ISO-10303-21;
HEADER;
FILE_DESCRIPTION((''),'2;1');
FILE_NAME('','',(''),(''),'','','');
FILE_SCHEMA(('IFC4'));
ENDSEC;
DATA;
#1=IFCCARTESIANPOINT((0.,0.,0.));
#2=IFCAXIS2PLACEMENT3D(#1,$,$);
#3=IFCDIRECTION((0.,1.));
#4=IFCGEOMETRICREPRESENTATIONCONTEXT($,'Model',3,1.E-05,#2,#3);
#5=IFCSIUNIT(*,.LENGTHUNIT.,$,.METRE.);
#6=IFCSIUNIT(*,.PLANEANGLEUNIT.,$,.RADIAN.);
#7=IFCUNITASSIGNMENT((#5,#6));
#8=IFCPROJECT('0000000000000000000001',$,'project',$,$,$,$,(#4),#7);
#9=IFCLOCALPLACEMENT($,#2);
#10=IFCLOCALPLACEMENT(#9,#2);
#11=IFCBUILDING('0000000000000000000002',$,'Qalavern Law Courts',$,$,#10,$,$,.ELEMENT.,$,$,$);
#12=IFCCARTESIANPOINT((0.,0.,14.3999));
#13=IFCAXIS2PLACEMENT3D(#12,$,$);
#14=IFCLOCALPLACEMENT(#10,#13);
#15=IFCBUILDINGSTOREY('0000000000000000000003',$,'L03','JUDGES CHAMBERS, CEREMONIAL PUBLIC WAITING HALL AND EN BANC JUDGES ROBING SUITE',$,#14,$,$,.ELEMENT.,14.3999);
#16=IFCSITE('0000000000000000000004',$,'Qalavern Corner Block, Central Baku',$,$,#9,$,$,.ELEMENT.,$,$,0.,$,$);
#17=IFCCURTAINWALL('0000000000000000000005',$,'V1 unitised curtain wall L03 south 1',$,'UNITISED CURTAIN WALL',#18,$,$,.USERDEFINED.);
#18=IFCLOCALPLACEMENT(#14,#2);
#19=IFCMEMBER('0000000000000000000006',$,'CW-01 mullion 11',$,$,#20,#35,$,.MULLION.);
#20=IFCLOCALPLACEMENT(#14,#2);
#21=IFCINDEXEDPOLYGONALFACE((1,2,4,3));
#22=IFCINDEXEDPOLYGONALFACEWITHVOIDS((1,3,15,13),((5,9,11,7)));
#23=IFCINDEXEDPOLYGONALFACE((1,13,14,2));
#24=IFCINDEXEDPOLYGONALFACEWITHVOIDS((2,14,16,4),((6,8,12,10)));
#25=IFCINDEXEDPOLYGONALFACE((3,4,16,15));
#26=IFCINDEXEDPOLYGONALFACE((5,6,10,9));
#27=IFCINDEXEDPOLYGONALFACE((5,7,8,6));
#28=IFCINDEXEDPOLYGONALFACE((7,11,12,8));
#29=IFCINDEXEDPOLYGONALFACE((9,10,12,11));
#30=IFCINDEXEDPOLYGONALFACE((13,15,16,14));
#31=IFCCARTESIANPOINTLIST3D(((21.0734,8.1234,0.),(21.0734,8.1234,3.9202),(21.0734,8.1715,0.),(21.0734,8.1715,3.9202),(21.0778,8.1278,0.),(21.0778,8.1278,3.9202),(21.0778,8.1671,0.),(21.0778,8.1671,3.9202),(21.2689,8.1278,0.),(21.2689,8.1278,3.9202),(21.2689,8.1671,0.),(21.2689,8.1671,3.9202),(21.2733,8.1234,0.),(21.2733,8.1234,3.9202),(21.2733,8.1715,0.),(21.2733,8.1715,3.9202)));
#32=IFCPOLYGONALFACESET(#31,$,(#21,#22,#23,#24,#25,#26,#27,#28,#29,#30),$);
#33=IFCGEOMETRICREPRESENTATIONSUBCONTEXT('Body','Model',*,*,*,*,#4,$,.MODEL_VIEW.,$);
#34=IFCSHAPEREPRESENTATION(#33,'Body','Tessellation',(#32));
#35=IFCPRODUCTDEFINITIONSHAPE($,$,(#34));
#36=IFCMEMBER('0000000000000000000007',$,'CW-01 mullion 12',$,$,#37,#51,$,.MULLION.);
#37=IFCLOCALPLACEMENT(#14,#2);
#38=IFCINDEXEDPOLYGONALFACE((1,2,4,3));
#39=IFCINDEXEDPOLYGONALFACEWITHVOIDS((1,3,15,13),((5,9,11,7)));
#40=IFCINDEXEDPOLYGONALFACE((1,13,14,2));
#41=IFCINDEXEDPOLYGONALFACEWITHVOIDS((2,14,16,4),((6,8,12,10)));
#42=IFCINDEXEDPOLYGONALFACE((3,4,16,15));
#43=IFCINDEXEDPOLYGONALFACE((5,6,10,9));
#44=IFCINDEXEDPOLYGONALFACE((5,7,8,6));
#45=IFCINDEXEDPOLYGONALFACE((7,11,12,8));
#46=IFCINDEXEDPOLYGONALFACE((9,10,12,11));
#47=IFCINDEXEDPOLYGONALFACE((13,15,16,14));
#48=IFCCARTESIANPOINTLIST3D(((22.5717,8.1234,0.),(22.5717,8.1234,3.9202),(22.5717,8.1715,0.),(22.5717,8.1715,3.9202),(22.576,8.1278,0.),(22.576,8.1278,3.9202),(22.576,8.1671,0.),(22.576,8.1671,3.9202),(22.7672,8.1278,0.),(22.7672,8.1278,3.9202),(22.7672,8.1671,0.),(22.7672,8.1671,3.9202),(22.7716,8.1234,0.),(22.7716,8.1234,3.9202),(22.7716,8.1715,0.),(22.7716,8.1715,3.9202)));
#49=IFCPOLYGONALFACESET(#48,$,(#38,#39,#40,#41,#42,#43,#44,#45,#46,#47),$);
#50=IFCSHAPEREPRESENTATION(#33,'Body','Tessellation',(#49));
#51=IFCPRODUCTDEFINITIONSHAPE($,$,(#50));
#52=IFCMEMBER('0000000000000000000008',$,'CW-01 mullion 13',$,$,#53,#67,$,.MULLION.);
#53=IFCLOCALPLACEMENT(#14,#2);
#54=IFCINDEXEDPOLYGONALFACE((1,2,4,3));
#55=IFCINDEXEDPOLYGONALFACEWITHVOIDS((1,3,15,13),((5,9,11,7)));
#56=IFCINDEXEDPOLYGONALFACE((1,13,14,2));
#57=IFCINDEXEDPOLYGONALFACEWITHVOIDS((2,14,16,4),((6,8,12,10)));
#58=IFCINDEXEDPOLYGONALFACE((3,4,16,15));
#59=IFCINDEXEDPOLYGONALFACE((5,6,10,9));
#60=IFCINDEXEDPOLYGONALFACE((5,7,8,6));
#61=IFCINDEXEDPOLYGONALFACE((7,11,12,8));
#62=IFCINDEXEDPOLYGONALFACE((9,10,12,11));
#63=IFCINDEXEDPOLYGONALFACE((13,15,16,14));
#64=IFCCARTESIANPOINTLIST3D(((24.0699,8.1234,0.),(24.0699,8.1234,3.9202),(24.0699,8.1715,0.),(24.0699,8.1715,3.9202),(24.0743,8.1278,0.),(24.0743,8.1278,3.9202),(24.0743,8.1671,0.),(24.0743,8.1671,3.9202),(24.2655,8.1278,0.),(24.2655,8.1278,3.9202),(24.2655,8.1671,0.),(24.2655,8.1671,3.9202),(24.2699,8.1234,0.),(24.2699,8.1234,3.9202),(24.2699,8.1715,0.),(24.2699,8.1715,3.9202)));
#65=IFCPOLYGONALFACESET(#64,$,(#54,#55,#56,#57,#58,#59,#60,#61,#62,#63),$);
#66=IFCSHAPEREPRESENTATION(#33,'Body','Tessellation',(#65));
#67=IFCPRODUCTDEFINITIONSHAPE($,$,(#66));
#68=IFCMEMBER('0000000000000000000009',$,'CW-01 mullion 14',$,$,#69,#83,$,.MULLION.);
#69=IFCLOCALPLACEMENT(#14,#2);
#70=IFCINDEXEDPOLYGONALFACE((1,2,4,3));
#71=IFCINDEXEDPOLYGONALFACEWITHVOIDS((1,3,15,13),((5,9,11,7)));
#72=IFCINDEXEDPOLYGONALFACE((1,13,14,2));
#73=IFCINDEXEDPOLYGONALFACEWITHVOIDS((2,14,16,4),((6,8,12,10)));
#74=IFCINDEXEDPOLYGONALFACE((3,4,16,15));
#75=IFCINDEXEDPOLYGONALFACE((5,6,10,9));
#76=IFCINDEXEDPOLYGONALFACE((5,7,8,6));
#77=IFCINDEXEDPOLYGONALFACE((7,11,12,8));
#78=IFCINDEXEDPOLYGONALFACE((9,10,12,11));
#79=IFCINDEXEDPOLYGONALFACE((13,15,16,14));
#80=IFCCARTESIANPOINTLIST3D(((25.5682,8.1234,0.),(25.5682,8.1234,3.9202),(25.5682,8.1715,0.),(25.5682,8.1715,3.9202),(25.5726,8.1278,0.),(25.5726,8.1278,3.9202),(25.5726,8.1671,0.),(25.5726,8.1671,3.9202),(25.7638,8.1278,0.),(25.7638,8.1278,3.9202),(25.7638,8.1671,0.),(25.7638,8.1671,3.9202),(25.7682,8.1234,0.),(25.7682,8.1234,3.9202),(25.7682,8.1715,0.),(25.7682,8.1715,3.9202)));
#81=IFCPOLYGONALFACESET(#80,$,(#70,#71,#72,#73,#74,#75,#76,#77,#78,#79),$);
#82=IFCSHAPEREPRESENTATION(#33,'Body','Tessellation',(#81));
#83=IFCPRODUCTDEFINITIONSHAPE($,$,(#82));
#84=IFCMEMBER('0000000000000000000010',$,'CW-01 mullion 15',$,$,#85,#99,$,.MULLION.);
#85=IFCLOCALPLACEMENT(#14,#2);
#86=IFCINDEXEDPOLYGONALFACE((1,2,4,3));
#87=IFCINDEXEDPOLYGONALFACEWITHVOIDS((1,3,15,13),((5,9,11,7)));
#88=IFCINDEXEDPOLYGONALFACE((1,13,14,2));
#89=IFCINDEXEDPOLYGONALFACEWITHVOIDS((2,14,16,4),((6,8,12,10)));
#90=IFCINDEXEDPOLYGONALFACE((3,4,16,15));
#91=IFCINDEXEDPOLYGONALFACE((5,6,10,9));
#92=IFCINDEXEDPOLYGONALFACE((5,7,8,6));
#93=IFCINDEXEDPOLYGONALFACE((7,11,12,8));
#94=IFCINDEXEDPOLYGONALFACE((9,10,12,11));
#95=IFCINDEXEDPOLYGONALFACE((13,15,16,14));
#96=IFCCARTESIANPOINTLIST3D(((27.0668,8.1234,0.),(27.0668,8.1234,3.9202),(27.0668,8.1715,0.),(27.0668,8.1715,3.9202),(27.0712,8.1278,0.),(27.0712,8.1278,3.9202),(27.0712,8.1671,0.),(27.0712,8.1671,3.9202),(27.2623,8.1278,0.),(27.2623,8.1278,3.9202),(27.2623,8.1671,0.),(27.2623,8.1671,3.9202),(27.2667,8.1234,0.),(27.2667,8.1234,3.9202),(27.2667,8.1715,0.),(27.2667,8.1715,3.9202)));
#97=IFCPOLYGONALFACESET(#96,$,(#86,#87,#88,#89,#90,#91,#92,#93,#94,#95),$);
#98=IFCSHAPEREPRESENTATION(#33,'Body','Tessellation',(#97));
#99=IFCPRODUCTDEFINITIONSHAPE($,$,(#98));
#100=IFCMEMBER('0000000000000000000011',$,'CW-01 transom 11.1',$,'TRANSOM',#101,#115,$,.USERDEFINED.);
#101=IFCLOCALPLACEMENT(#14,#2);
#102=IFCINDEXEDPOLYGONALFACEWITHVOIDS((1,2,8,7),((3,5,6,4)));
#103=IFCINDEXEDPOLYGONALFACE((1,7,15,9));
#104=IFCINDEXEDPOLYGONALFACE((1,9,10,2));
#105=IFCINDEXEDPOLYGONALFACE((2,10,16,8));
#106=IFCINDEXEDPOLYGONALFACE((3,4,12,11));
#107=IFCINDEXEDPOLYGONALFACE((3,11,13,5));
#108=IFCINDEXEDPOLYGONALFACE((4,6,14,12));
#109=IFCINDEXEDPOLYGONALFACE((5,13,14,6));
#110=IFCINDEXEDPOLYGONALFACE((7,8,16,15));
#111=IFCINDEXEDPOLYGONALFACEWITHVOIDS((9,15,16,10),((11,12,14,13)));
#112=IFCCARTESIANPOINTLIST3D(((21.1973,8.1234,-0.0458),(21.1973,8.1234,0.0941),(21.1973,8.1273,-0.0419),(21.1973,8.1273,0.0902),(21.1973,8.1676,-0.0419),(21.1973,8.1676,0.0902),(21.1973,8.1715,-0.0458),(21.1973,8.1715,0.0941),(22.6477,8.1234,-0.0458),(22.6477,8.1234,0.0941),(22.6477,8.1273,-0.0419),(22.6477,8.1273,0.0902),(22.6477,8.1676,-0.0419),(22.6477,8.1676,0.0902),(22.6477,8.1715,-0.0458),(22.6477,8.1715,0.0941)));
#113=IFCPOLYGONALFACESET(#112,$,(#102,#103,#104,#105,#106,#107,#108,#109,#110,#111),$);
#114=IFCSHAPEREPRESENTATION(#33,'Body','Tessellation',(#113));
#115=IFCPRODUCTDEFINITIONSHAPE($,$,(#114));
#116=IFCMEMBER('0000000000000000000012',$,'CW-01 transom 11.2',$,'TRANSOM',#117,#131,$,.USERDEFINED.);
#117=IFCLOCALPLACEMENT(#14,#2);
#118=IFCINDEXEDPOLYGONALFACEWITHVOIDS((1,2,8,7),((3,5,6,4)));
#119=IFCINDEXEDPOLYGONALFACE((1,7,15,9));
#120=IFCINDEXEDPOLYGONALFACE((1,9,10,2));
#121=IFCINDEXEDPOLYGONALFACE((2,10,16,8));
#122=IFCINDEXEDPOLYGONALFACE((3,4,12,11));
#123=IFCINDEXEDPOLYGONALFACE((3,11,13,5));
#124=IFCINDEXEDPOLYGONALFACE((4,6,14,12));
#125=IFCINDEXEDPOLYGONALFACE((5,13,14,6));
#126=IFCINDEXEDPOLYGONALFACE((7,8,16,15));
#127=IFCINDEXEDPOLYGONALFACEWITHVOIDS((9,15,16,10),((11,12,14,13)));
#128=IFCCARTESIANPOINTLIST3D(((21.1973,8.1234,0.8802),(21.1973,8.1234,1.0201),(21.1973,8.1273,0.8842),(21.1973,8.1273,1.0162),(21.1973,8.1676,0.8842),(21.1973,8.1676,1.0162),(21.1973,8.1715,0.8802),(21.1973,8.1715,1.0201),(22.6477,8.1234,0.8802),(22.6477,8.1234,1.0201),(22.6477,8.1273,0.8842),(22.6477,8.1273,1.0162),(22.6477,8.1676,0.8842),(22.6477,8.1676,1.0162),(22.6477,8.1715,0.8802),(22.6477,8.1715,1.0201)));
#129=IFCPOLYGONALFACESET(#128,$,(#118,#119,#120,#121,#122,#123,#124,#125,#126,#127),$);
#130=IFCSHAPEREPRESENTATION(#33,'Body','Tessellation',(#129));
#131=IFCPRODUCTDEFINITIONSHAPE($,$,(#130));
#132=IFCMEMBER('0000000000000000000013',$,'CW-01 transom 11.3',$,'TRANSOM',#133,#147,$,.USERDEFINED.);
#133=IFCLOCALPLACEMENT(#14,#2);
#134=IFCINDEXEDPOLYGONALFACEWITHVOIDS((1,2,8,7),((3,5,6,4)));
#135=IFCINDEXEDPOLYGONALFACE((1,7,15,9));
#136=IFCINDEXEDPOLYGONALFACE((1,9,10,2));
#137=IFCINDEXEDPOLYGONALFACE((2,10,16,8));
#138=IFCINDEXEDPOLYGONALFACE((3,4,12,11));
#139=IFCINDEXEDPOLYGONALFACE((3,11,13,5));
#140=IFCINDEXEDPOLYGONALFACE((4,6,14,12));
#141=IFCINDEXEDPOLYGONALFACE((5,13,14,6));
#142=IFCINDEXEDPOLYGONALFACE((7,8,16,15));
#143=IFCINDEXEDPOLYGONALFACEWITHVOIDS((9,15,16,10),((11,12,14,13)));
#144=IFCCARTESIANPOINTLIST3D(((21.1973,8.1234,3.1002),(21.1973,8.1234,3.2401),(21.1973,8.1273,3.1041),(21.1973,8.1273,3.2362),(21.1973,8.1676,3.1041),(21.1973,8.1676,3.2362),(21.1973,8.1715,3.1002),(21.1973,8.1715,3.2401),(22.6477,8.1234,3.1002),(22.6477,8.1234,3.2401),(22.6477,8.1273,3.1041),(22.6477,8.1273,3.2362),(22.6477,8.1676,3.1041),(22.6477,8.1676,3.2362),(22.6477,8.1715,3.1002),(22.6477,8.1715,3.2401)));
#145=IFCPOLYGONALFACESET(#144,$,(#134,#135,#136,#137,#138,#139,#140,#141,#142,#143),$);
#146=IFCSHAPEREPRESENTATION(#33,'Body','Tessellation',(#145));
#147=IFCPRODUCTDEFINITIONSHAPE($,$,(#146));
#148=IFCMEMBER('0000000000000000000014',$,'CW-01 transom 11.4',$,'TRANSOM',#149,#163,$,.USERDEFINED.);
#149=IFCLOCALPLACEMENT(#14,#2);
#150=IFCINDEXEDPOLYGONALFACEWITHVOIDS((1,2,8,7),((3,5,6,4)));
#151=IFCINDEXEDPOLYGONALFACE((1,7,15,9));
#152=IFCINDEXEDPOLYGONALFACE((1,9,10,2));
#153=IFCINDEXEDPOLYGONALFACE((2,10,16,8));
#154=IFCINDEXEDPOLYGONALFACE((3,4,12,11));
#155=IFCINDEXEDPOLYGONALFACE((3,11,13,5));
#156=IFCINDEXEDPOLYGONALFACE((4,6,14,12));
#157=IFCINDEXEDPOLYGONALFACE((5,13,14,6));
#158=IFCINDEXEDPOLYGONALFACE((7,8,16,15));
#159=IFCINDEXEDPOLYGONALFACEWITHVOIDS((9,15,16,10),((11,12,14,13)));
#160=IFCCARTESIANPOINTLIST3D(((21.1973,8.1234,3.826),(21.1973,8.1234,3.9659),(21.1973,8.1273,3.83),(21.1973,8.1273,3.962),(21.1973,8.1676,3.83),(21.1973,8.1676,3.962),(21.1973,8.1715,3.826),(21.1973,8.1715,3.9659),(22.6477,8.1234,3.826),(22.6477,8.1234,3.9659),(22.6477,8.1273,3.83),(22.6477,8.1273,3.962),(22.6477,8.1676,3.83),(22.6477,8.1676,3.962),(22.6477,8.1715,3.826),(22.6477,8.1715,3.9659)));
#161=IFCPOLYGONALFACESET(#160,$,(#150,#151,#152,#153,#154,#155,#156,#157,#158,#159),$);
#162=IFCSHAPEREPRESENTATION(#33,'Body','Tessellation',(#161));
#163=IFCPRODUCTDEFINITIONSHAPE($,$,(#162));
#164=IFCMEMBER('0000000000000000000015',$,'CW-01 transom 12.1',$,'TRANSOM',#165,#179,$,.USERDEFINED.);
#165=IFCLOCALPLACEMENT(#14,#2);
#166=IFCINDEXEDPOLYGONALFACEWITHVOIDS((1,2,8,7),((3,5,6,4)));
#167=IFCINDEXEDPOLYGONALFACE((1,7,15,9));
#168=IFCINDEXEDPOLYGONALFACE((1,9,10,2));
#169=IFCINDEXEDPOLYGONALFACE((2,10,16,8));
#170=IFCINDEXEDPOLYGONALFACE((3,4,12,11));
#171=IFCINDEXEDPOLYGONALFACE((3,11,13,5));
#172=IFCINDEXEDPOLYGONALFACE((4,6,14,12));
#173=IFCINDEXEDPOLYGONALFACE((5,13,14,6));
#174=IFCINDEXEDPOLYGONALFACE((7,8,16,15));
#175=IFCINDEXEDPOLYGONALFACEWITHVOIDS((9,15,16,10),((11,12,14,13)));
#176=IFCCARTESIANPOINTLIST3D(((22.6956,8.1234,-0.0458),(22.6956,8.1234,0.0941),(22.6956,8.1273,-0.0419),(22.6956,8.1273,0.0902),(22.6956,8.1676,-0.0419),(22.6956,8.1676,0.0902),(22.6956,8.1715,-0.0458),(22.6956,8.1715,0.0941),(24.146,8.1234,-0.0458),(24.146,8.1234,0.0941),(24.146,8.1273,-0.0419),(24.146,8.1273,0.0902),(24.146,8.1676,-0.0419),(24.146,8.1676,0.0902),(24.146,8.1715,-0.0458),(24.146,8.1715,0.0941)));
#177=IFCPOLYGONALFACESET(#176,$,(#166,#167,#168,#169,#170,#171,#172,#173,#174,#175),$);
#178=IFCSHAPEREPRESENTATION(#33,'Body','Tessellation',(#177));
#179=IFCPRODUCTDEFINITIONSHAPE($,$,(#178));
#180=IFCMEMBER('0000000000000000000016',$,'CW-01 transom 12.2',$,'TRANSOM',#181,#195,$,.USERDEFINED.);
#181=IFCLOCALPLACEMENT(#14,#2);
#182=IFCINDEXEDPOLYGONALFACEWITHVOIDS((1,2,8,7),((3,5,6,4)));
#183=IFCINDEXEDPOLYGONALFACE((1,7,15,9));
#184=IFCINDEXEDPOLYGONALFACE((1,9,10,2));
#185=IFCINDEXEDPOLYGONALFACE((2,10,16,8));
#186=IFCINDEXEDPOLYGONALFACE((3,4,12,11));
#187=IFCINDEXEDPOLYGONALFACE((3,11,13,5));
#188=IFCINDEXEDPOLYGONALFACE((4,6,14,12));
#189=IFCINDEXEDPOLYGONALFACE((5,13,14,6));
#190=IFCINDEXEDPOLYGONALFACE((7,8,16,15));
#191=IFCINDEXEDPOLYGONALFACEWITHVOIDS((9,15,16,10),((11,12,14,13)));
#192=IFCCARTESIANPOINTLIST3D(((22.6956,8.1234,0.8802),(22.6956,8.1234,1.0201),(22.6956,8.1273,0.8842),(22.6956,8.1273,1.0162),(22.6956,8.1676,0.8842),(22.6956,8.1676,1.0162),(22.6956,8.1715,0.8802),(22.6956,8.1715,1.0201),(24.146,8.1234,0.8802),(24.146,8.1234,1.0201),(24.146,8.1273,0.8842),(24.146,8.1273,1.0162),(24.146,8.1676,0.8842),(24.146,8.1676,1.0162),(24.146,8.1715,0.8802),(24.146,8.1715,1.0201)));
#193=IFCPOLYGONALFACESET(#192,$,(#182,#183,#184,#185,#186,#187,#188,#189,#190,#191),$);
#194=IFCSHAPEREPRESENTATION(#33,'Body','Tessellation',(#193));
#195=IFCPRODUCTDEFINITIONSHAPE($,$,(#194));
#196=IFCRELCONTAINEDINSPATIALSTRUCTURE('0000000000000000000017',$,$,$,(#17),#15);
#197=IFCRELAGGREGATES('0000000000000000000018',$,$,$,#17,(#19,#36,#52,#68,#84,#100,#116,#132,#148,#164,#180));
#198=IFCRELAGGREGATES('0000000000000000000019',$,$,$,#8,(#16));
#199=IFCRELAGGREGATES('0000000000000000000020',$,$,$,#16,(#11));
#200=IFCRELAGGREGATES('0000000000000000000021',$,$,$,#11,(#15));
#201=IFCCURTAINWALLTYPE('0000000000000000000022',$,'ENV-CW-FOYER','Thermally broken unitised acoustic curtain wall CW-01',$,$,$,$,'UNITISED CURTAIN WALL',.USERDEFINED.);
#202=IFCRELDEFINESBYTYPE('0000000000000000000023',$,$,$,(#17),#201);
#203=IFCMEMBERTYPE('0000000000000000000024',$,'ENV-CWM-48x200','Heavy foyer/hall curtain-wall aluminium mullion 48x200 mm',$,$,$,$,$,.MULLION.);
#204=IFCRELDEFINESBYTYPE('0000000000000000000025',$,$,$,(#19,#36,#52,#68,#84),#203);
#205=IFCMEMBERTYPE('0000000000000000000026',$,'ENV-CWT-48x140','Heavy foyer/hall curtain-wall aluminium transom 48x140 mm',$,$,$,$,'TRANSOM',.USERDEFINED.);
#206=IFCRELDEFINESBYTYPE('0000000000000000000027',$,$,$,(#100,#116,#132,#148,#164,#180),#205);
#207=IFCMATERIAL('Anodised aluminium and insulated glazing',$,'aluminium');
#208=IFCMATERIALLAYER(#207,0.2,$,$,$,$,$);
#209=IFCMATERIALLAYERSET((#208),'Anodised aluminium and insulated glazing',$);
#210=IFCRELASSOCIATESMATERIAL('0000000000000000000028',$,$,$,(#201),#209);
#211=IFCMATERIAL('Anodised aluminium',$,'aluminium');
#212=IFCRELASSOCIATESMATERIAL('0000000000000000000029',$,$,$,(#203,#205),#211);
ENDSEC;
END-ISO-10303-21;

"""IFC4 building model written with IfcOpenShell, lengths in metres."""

from ifc_helpers import new_model, si_unit, direction, frame, origin, origin_2d, place, context, subcontext, project, spatial, hollow_rectangle, extrude, material, layer, layer_set, material_profile, profile_set, type_object, element, aggregate, save


model = new_model("IFC4")

# Units and contexts
model_context = context("Model", 3, precision=1e-05, world=origin(), true_north=direction((0.0, 1.0)))
body_context = subcontext(model_context, "Body", "Model", "MODEL_VIEW")
ifc_project = project(units=[si_unit("LENGTHUNIT", "METRE"), si_unit("PLANEANGLEUNIT", "RADIAN")], contexts=[model_context])

# Site, building, storey
site_placement = place(None, origin())
site = spatial("IfcSite", under=ifc_project, at=site_placement, Name="Qalavern Corner Block, Central Baku", CompositionType="ELEMENT", RefElevation=0.0)
building_placement = place(site_placement, origin())
building = spatial("IfcBuilding", under=site, at=building_placement, Name="Qalavern Law Courts", CompositionType="ELEMENT")
storey_placement = place(building_placement, frame((0.0, 0.0, 14.3999)))
storey = spatial("IfcBuildingStorey", under=building, at=storey_placement, Name="L03", Description="JUDGES CHAMBERS, CEREMONIAL PUBLIC WAITING HALL AND EN BANC JUDGES ROBING SUITE", CompositionType="ELEMENT", Elevation=14.3999)

# Curtain wall, members
ifc_material_1 = material(Name="Anodised aluminium and insulated glazing", Category="aluminium")
ifc_layer_1 = layer(ifc_material_1, 0.2)
ifc_layer_set_1 = layer_set([ifc_layer_1], Name="Anodised aluminium and insulated glazing")
curtain_wall_type = type_object("IfcCurtainWallType", Name="ENV-CW-FOYER", Description="Thermally broken unitised acoustic curtain wall CW-01", ElementType="UNITISED CURTAIN WALL", PredefinedType="USERDEFINED", material=ifc_layer_set_1)
curtain_wall_placement = place(storey_placement, origin())
curtain_wall = element("IfcCurtainWall", 1, at=curtain_wall_placement, inside=storey, type_object=curtain_wall_type, Name="V1 unitised curtain wall L03 south 1", ObjectType="UNITISED CURTAIN WALL", PredefinedType="USERDEFINED")
ifc_material_2 = material(Name="Anodised aluminium", Category="aluminium")
ifc_material_profile_1 = material_profile(ifc_material_2, hollow_rectangle(XDim=0.0481, YDim=0.2, WallThickness=0.0044, at=origin_2d()), Name="ALU MULLION 48x200")
ifc_profile_set_1 = profile_set([ifc_material_profile_1], Name="Anodised aluminium")
member_type_1 = type_object("IfcMemberType", Name="ENV-CWM-48x200", Description="Heavy foyer/hall curtain-wall aluminium mullion 48x200 mm", PredefinedType="MULLION", material=ifc_profile_set_1)
member_1_placement = place(storey_placement, frame((21.1733, 8.1475, 0.0), z_axis=(0.0, 0.0, 1.0), x_axis=(0.0, 1.0, 0.0)))
member_1 = element("IfcMember", 2, at=member_1_placement, type_object=member_type_1, Name="CW-01 mullion 11", PredefinedType="MULLION", context=body_context, shape_type="SweptSolid", body=[
    extrude(hollow_rectangle(XDim=0.0481, YDim=0.2, WallThickness=0.0044, at=origin_2d()), origin(), (0.0, 0.0, 1.0), 3.9202),
])
member_2_placement = place(storey_placement, frame((22.6716, 8.1475, 0.0), z_axis=(0.0, 0.0, 1.0), x_axis=(0.0, 1.0, 0.0)))
member_2 = element("IfcMember", 3, at=member_2_placement, type_object=member_type_1, Name="CW-01 mullion 12", PredefinedType="MULLION", context=body_context, shape_type="SweptSolid", body=[
    extrude(hollow_rectangle(XDim=0.0481, YDim=0.2, WallThickness=0.0044, at=origin_2d()), origin(), (0.0, 0.0, 1.0), 3.9202),
])
member_3_placement = place(storey_placement, frame((24.1699, 8.1475, 0.0), z_axis=(0.0, 0.0, 1.0), x_axis=(0.0, 1.0, 0.0)))
member_3 = element("IfcMember", 4, at=member_3_placement, type_object=member_type_1, Name="CW-01 mullion 13", PredefinedType="MULLION", context=body_context, shape_type="SweptSolid", body=[
    extrude(hollow_rectangle(XDim=0.0481, YDim=0.2, WallThickness=0.0044, at=origin_2d()), origin(), (0.0, 0.0, 1.0), 3.9202),
])
member_4_placement = place(storey_placement, frame((25.6682, 8.1475, 0.0), z_axis=(0.0, 0.0, 1.0), x_axis=(0.0, 1.0, 0.0)))
member_4 = element("IfcMember", 5, at=member_4_placement, type_object=member_type_1, Name="CW-01 mullion 14", PredefinedType="MULLION", context=body_context, shape_type="SweptSolid", body=[
    extrude(hollow_rectangle(XDim=0.0481, YDim=0.2, WallThickness=0.0044, at=origin_2d()), origin(), (0.0, 0.0, 1.0), 3.9202),
])
member_5_placement = place(storey_placement, frame((27.1667, 8.1475, 0.0), z_axis=(0.0, 0.0, 1.0), x_axis=(0.0, 1.0, 0.0)))
member_5 = element("IfcMember", 6, at=member_5_placement, type_object=member_type_1, Name="CW-01 mullion 15", PredefinedType="MULLION", context=body_context, shape_type="SweptSolid", body=[
    extrude(hollow_rectangle(XDim=0.0481, YDim=0.2, WallThickness=0.0044, at=origin_2d()), origin(), (0.0, 0.0, 1.0), 3.9202),
])
ifc_material_profile_2 = material_profile(ifc_material_2, hollow_rectangle(XDim=0.0481, YDim=0.1399, WallThickness=0.0039, at=origin_2d()), Name="ALU TRANSOM 48x140")
ifc_profile_set_2 = profile_set([ifc_material_profile_2], Name="Anodised aluminium")
member_type_2 = type_object("IfcMemberType", Name="ENV-CWT-48x140", Description="Heavy foyer/hall curtain-wall aluminium transom 48x140 mm", ElementType="TRANSOM", PredefinedType="USERDEFINED", material=ifc_profile_set_2)
member_6_placement = place(storey_placement, frame((21.1973, 8.1475, 0.0242), z_axis=(1.0, 0.0, 0.0), x_axis=(0.0, 1.0, 0.0)))
member_6 = element("IfcMember", 7, at=member_6_placement, type_object=member_type_2, Name="CW-01 transom 11.1", ObjectType="TRANSOM", PredefinedType="USERDEFINED", context=body_context, shape_type="SweptSolid", body=[
    extrude(hollow_rectangle(XDim=0.0481, YDim=0.1399, WallThickness=0.0039, at=origin_2d()), origin(), (0.0, 0.0, 1.0), 1.4504),
])
member_7_placement = place(storey_placement, frame((21.1973, 8.1475, 0.9502), z_axis=(1.0, 0.0, 0.0), x_axis=(0.0, 1.0, 0.0)))
member_7 = element("IfcMember", 8, at=member_7_placement, type_object=member_type_2, Name="CW-01 transom 11.2", ObjectType="TRANSOM", PredefinedType="USERDEFINED", context=body_context, shape_type="SweptSolid", body=[
    extrude(hollow_rectangle(XDim=0.0481, YDim=0.1399, WallThickness=0.0039, at=origin_2d()), origin(), (0.0, 0.0, 1.0), 1.4504),
])
member_8_placement = place(storey_placement, frame((21.1973, 8.1475, 3.1702), z_axis=(1.0, 0.0, 0.0), x_axis=(0.0, 1.0, 0.0)))
member_8 = element("IfcMember", 9, at=member_8_placement, type_object=member_type_2, Name="CW-01 transom 11.3", ObjectType="TRANSOM", PredefinedType="USERDEFINED", context=body_context, shape_type="SweptSolid", body=[
    extrude(hollow_rectangle(XDim=0.0481, YDim=0.1399, WallThickness=0.0039, at=origin_2d()), origin(), (0.0, 0.0, 1.0), 1.4504),
])
member_9_placement = place(storey_placement, frame((21.1973, 8.1475, 3.896), z_axis=(1.0, 0.0, 0.0), x_axis=(0.0, 1.0, 0.0)))
member_9 = element("IfcMember", 10, at=member_9_placement, type_object=member_type_2, Name="CW-01 transom 11.4", ObjectType="TRANSOM", PredefinedType="USERDEFINED", context=body_context, shape_type="SweptSolid", body=[
    extrude(hollow_rectangle(XDim=0.0481, YDim=0.1399, WallThickness=0.0039, at=origin_2d()), origin(), (0.0, 0.0, 1.0), 1.4504),
])
member_10_placement = place(storey_placement, frame((22.6956, 8.1475, 0.0242), z_axis=(1.0, 0.0, 0.0), x_axis=(0.0, 1.0, 0.0)))
member_10 = element("IfcMember", 11, at=member_10_placement, type_object=member_type_2, Name="CW-01 transom 12.1", ObjectType="TRANSOM", PredefinedType="USERDEFINED", context=body_context, shape_type="SweptSolid", body=[
    extrude(hollow_rectangle(XDim=0.0481, YDim=0.1399, WallThickness=0.0039, at=origin_2d()), origin(), (0.0, 0.0, 1.0), 1.4504),
])
member_11_placement = place(storey_placement, frame((22.6956, 8.1475, 0.9502), z_axis=(1.0, 0.0, 0.0), x_axis=(0.0, 1.0, 0.0)))
member_11 = element("IfcMember", 12, at=member_11_placement, type_object=member_type_2, Name="CW-01 transom 12.2", ObjectType="TRANSOM", PredefinedType="USERDEFINED", context=body_context, shape_type="SweptSolid", body=[
    extrude(hollow_rectangle(XDim=0.0481, YDim=0.1399, WallThickness=0.0039, at=origin_2d()), origin(), (0.0, 0.0, 1.0), 1.4504),
])

aggregate(curtain_wall, [member_1, member_2, member_3, member_4, member_5, member_6, member_7, member_8, member_9, member_10, member_11])

save(model, "model.ifc")
